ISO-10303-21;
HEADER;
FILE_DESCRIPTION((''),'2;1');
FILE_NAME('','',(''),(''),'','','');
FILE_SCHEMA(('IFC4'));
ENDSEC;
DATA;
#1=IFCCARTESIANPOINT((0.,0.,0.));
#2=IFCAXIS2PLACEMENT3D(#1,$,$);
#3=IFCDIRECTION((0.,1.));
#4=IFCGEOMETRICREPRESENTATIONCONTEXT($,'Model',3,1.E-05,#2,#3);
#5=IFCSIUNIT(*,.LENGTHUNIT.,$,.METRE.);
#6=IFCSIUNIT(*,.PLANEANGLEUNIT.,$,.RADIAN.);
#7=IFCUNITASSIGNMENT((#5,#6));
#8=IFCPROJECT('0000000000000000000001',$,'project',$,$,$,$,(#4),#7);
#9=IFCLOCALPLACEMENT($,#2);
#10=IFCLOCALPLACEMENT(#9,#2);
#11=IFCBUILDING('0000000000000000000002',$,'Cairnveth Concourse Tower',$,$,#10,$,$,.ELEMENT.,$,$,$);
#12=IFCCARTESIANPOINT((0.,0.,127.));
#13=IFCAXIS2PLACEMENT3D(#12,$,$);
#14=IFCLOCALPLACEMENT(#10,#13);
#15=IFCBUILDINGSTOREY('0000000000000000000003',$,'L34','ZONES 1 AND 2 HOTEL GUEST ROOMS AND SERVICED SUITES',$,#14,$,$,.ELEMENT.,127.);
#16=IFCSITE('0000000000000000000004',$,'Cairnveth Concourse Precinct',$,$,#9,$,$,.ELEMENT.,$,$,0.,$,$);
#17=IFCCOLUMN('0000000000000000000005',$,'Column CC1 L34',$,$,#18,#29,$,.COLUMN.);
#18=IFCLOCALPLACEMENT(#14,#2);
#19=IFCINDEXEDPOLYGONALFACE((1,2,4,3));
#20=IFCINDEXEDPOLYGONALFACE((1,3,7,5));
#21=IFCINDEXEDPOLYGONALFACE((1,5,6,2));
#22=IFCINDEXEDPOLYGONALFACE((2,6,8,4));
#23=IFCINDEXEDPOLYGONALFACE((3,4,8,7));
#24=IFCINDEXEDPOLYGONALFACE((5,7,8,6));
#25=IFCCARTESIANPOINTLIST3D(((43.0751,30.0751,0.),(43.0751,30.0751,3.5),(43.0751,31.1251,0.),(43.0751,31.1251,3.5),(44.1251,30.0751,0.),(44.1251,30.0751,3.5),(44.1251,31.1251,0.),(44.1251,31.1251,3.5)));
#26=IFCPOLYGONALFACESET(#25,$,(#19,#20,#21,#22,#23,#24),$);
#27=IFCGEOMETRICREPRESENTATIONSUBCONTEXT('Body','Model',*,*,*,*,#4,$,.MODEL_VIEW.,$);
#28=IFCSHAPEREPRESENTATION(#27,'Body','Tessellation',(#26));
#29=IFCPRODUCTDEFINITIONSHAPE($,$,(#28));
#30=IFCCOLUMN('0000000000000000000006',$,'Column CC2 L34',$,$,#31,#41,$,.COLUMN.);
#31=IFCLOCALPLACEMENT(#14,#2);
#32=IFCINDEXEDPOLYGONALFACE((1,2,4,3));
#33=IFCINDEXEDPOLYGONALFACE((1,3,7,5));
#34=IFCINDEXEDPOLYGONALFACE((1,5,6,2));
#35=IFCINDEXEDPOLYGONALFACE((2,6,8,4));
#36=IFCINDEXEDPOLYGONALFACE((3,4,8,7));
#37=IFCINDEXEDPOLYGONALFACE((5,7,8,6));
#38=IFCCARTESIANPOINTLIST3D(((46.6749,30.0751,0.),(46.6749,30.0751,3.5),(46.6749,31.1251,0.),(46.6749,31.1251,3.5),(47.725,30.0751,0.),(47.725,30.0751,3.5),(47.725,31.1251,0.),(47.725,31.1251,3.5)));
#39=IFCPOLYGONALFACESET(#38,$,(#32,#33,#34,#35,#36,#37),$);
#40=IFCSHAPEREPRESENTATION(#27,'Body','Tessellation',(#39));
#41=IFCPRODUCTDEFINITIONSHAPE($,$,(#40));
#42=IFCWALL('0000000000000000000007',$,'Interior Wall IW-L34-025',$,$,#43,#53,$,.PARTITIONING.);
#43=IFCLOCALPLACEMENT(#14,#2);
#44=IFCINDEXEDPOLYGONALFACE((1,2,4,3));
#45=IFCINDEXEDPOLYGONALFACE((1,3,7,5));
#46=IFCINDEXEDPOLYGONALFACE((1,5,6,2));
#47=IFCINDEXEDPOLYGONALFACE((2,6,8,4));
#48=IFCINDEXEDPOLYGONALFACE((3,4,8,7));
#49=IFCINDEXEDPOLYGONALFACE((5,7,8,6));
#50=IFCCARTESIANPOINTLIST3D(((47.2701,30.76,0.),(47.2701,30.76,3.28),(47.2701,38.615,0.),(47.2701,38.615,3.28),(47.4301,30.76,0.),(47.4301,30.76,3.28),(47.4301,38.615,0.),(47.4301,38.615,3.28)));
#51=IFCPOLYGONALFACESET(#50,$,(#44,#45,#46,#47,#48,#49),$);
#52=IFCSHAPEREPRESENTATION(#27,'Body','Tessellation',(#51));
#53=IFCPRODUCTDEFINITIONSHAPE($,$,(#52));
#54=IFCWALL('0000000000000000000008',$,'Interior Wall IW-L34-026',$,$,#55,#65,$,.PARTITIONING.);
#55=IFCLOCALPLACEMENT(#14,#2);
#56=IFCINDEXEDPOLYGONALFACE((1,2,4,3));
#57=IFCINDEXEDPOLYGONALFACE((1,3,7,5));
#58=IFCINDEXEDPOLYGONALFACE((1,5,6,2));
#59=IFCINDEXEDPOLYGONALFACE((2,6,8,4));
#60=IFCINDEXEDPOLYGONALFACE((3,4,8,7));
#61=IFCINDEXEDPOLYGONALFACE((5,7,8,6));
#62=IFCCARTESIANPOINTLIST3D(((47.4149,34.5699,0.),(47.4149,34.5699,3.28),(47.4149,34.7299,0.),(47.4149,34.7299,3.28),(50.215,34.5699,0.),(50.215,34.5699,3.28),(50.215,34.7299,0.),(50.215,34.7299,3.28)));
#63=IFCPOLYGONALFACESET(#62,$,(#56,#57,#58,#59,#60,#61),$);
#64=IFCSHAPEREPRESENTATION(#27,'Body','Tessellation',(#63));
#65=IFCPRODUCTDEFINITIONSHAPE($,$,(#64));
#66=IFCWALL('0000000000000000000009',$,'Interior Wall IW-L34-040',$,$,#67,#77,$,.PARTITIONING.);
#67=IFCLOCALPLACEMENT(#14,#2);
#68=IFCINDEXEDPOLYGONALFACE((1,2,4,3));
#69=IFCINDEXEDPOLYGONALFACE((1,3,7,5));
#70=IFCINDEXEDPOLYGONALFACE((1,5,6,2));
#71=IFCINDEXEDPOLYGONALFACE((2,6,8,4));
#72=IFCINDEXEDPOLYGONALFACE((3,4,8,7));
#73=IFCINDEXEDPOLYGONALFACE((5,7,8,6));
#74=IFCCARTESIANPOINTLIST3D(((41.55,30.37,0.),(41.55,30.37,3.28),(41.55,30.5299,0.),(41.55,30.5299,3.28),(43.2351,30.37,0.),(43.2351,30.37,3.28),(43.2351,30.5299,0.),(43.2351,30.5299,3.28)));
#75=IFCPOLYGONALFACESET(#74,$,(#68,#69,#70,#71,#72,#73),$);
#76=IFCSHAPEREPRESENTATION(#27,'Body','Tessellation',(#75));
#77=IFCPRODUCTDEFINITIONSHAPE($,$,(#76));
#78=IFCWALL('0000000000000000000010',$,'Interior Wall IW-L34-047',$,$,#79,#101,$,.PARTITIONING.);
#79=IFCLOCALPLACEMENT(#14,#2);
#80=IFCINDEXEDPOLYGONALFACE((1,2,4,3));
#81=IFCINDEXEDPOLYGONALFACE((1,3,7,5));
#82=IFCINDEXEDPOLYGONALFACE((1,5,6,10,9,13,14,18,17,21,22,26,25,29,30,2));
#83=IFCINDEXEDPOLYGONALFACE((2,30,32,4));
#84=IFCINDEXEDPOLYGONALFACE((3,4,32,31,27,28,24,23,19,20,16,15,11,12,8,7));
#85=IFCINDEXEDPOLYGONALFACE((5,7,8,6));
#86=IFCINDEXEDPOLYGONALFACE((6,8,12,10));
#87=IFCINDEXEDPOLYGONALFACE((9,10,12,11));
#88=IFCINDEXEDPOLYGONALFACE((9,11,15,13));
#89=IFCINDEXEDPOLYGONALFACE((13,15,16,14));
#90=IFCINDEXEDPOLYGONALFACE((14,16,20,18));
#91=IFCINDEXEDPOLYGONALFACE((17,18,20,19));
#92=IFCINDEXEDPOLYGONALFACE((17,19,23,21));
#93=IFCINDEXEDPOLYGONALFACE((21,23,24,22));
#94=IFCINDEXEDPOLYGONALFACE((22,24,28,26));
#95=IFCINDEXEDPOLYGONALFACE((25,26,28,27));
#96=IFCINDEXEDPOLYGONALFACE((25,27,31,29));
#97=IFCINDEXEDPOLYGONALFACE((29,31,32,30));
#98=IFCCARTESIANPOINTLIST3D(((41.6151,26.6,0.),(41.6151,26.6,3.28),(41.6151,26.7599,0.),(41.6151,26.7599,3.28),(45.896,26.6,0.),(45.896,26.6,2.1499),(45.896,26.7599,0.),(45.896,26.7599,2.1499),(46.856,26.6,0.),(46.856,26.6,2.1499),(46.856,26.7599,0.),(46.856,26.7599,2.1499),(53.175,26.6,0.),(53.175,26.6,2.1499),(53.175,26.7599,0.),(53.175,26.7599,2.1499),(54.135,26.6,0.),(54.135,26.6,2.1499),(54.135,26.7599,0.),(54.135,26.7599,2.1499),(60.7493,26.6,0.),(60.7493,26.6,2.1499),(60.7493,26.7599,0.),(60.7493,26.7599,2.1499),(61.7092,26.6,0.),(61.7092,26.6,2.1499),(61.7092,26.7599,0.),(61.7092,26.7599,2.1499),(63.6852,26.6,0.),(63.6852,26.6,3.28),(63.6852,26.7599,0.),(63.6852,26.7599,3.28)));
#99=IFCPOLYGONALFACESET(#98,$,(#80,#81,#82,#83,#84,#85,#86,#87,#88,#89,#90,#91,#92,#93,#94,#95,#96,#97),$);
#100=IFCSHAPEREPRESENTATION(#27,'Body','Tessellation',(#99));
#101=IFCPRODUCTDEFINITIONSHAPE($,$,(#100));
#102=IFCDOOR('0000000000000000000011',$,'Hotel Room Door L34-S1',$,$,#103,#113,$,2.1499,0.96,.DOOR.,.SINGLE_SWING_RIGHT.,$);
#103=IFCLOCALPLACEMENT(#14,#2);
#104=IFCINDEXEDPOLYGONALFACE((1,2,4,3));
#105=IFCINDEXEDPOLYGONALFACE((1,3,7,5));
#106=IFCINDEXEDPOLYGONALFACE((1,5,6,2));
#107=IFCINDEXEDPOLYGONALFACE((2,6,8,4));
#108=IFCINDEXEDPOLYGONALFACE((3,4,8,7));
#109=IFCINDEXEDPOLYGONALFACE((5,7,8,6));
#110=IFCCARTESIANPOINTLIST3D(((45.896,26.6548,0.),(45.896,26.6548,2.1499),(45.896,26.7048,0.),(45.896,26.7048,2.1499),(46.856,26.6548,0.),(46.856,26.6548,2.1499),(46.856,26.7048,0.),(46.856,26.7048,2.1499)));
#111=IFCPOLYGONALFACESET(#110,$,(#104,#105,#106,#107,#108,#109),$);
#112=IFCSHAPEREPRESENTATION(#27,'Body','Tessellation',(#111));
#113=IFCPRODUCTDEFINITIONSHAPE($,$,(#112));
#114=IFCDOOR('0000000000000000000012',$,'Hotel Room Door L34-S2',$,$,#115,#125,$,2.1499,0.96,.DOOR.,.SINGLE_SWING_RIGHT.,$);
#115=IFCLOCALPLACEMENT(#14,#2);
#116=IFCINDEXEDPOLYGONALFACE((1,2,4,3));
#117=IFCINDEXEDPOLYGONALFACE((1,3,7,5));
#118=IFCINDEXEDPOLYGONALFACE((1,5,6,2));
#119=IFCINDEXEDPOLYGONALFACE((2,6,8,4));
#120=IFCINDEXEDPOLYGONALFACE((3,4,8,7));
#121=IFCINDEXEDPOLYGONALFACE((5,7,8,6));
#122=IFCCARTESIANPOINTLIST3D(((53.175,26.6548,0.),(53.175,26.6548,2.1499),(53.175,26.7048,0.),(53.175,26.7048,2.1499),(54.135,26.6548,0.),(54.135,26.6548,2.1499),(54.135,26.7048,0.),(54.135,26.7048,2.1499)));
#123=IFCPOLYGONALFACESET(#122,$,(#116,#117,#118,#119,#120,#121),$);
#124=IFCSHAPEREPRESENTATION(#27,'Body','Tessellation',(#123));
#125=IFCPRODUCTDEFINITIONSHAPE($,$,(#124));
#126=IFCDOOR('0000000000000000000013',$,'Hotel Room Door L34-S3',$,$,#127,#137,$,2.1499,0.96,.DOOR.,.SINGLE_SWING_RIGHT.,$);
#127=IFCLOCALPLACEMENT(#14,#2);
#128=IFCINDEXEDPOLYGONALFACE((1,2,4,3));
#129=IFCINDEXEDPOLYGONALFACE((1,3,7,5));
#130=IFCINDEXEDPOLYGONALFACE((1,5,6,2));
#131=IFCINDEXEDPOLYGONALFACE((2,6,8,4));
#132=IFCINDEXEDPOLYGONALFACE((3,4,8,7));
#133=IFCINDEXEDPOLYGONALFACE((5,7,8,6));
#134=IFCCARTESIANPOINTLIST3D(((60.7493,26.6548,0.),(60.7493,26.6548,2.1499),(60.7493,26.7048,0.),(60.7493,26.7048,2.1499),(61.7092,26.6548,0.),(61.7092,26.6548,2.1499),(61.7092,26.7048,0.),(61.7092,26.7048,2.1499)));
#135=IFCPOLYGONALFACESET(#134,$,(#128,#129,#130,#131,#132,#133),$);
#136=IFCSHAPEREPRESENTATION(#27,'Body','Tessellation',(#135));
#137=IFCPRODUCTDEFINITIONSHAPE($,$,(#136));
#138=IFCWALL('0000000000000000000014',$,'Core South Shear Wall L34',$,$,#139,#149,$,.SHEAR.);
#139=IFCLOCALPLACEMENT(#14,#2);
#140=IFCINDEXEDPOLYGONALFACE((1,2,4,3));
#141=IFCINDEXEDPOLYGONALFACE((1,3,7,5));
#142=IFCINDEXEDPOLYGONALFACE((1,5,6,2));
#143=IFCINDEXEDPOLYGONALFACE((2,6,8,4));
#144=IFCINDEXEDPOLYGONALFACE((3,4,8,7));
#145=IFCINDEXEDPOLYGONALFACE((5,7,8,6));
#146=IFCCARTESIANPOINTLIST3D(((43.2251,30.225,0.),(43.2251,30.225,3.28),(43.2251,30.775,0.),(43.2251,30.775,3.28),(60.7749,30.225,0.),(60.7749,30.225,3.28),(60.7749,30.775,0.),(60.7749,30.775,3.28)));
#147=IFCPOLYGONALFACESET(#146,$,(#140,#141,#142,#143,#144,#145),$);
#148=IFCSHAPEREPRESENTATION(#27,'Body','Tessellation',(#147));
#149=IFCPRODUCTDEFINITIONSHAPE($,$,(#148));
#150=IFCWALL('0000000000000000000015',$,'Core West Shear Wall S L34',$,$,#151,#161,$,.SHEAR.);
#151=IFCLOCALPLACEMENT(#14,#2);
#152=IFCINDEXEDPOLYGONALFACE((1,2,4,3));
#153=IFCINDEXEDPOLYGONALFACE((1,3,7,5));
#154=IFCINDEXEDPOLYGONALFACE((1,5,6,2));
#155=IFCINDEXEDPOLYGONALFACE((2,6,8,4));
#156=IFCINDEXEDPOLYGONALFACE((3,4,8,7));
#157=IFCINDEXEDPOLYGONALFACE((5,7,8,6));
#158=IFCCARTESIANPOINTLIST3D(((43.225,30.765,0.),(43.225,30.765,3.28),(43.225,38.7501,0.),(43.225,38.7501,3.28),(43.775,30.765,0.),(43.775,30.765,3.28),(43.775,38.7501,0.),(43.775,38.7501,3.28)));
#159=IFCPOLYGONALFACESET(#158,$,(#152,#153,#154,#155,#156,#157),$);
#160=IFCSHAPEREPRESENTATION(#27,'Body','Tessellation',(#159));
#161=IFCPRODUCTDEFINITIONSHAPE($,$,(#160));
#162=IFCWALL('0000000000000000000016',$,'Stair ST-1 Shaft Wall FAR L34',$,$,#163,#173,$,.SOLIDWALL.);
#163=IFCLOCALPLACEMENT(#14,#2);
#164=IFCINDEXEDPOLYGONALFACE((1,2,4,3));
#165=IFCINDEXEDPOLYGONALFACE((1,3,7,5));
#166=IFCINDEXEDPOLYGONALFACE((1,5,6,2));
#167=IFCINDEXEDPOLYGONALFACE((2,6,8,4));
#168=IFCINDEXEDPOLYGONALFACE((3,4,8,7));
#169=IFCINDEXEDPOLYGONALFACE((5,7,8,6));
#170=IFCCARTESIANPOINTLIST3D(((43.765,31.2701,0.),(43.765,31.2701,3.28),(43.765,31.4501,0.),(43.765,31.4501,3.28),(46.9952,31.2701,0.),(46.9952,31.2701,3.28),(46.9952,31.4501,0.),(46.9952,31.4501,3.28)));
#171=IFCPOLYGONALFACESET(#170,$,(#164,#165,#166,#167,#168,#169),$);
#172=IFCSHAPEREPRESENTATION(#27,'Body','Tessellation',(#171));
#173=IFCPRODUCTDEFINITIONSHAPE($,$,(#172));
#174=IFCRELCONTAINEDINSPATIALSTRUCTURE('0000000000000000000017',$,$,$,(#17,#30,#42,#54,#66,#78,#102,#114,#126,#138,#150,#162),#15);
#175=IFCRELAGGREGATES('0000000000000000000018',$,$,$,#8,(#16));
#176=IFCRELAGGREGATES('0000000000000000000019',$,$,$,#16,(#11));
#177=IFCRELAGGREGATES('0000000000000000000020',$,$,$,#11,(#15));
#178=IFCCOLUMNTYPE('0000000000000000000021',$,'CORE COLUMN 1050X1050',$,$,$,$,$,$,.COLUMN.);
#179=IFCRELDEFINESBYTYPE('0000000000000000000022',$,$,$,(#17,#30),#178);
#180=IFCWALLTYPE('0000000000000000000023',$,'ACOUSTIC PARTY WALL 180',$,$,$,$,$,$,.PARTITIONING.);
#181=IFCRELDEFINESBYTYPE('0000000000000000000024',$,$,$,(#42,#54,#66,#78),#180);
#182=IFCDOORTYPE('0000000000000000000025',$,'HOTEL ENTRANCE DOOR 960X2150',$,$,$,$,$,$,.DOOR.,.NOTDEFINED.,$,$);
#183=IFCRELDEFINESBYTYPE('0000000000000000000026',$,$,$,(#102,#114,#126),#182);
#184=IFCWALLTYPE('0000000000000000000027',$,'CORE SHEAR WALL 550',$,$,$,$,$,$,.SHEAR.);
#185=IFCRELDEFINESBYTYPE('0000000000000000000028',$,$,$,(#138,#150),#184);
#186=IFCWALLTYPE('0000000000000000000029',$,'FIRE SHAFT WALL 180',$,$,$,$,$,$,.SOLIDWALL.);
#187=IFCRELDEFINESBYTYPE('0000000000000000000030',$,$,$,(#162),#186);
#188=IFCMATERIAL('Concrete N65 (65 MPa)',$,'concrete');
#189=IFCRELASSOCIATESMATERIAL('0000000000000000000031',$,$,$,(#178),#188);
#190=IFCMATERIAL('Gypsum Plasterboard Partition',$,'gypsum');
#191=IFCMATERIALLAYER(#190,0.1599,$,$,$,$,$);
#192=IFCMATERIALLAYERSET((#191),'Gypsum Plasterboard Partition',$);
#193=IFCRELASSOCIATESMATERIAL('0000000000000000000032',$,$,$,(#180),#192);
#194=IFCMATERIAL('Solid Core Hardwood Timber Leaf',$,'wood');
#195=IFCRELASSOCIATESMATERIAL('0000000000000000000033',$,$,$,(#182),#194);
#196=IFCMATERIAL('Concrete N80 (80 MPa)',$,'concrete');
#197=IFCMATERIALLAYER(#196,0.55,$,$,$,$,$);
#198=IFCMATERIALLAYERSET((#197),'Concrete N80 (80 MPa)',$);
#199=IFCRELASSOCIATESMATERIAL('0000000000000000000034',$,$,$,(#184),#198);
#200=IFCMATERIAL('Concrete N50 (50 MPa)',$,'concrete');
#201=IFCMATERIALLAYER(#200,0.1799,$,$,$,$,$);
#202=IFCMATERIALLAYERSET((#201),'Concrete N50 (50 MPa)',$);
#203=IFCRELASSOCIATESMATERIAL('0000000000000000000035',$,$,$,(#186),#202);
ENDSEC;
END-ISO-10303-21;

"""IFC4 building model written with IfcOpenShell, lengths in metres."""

from ifc_helpers import new_model, si_unit, direction, frame, frame_2d, origin, origin_2d, place, context, subcontext, project, spatial, rectangle, extrude, material, layer, layer_set, material_profile, profile_set, type_object, element, fill, save


model = new_model("IFC4")

# Units and contexts
model_context = context("Model", 3, precision=1e-05, world=origin(), true_north=direction((0.0, 1.0)))
body_context = subcontext(model_context, "Body", "Model", "MODEL_VIEW")
ifc_project = project(units=[si_unit("LENGTHUNIT", "METRE"), si_unit("PLANEANGLEUNIT", "RADIAN")], contexts=[model_context])

# Site, building, storey
site_placement = place(None, origin())
site = spatial("IfcSite", under=ifc_project, at=site_placement, Name="Cairnveth Concourse Precinct", CompositionType="ELEMENT", RefElevation=0.0)
building_placement = place(site_placement, origin())
building = spatial("IfcBuilding", under=site, at=building_placement, Name="Cairnveth Concourse Tower", CompositionType="ELEMENT")
storey_placement = place(building_placement, frame((0.0, 0.0, 127.0)))
storey = spatial("IfcBuildingStorey", under=building, at=storey_placement, Name="L34", Description="ZONES 1 AND 2 HOTEL GUEST ROOMS AND SERVICED SUITES", CompositionType="ELEMENT", Elevation=127.0)

# Columns
ifc_material_1 = material(Name="Concrete N65 (65 MPa)", Category="concrete")
ifc_material_profile = material_profile(ifc_material_1, rectangle(XDim=1.05, YDim=1.05, at=origin_2d()), Name="RC-COL-1050x1050")
ifc_profile_set = profile_set([ifc_material_profile], Name="Concrete N65 (65 MPa)")
column_type = type_object("IfcColumnType", Name="CORE COLUMN 1050X1050", PredefinedType="COLUMN", material=ifc_profile_set)
for number, where, z_axis, x_axis, name in (
    (1, (43.6001, 30.6001, 0.0), (0.0, 0.0, 1.0), (1.0, 0.0, 0.0), "Column CC1 L34"),
    (2, (47.2, 30.6001, 0.0), (0.0, 0.0, 1.0), (1.0, 0.0, 0.0), "Column CC2 L34"),
):
    element("IfcColumn", number, at=place(storey_placement, frame(where, z_axis=z_axis, x_axis=x_axis)), inside=storey, type_object=column_type, Name=name, PredefinedType="COLUMN", context=body_context, shape_type="SweptSolid", body=[
        extrude(rectangle(XDim=1.05, YDim=1.05, at=origin_2d()), origin(), (0.0, 0.0, 1.0), 3.5),
    ])

# Walls
ifc_material_2 = material(Name="Gypsum Plasterboard Partition", Category="gypsum")
ifc_layer_1 = layer(ifc_material_2, 0.1599)
ifc_layer_set_1 = layer_set([ifc_layer_1], Name="Gypsum Plasterboard Partition")
wall_type_1 = type_object("IfcWallType", Name="ACOUSTIC PARTY WALL 180", PredefinedType="PARTITIONING", material=ifc_layer_set_1)
wall_1_placement = place(storey_placement, frame((47.3501, 30.76, 0.0), z_axis=(0.0, 0.0, 1.0), x_axis=(0.0, 1.0, 0.0)))
element("IfcWall", 3, at=wall_1_placement, inside=storey, type_object=wall_type_1, Name="Interior Wall IW-L34-025", PredefinedType="PARTITIONING", context=body_context, shape_type="SweptSolid", body=[
    extrude(rectangle(XDim=7.855, YDim=0.1599, at=frame_2d((3.9275, 0.0))), origin(), (0.0, 0.0, 1.0), 3.28),
])
wall_2_placement = place(storey_placement, frame((47.415, 34.6499, 0.0), z_axis=(0.0, 0.0, 1.0), x_axis=(1.0, 0.0, 0.0)))
element("IfcWall", 4, at=wall_2_placement, inside=storey, type_object=wall_type_1, Name="Interior Wall IW-L34-026", PredefinedType="PARTITIONING", context=body_context, shape_type="SweptSolid", body=[
    extrude(rectangle(XDim=2.8, YDim=0.1599, at=frame_2d((1.3999, 0.0))), origin(), (0.0, 0.0, 1.0), 3.28),
])
wall_3_placement = place(storey_placement, frame((41.55, 30.45, 0.0), z_axis=(0.0, 0.0, 1.0), x_axis=(1.0, 0.0, 0.0)))
element("IfcWall", 5, at=wall_3_placement, inside=storey, type_object=wall_type_1, Name="Interior Wall IW-L34-040", PredefinedType="PARTITIONING", context=body_context, shape_type="SweptSolid", body=[
    extrude(rectangle(XDim=1.6851, YDim=0.1599, at=frame_2d((0.8425, 0.0))), origin(), (0.0, 0.0, 1.0), 3.28),
])

# Wall, openings, doors
wall_4_placement = place(storey_placement, frame((41.615, 26.6799, 0.0), z_axis=(0.0, 0.0, 1.0), x_axis=(1.0, 0.0, 0.0)))
wall_4 = element("IfcWall", 6, at=wall_4_placement, inside=storey, type_object=wall_type_1, Name="Interior Wall IW-L34-047", PredefinedType="PARTITIONING", context=body_context, shape_type="SweptSolid", body=[
    extrude(rectangle(XDim=22.0701, YDim=0.1599, at=frame_2d((11.0352, 0.0))), origin(), (0.0, 0.0, 1.0), 3.28),
])
opening_1_placement = place(wall_4_placement, frame((4.281, 0.0, 0.0)))
opening_1 = element("IfcOpeningElement", 7, at=opening_1_placement, cuts=wall_4, PredefinedType="OPENING", context=body_context, shape_type="SweptSolid", body=[
    extrude(rectangle(XDim=0.96, YDim=2.1499, at=frame_2d((0.48, 1.075))), frame((0.0, 0.0898, 0.0), z_axis=(0.0, -1.0, 0.0), x_axis=(1.0, 0.0, 0.0)), (0.0, 0.0, 1.0), 0.1799),
])
opening_2_placement = place(wall_4_placement, frame((11.5601, 0.0, 0.0)))
opening_2 = element("IfcOpeningElement", 8, at=opening_2_placement, cuts=wall_4, PredefinedType="OPENING", context=body_context, shape_type="SweptSolid", body=[
    extrude(rectangle(XDim=0.96, YDim=2.1499, at=frame_2d((0.48, 1.075))), frame((0.0, 0.0898, 0.0), z_axis=(0.0, -1.0, 0.0), x_axis=(1.0, 0.0, 0.0)), (0.0, 0.0, 1.0), 0.1799),
])
opening_3_placement = place(wall_4_placement, frame((19.1343, 0.0, 0.0)))
opening_3 = element("IfcOpeningElement", 9, at=opening_3_placement, cuts=wall_4, PredefinedType="OPENING", context=body_context, shape_type="SweptSolid", body=[
    extrude(rectangle(XDim=0.96, YDim=2.1499, at=frame_2d((0.48, 1.075))), frame((0.0, 0.0898, 0.0), z_axis=(0.0, -1.0, 0.0), x_axis=(1.0, 0.0, 0.0)), (0.0, 0.0, 1.0), 0.1799),
])
ifc_material_3 = material(Name="Solid Core Hardwood Timber Leaf", Category="wood")
door_type_1 = type_object("IfcDoorType", Name="HOTEL ENTRANCE DOOR 960X2150", OperationType="NOTDEFINED", PredefinedType="DOOR", material=ifc_material_3)
door_1_placement = place(opening_1_placement, origin())
door_1 = element("IfcDoor", 10, at=door_1_placement, inside=storey, type_object=door_type_1, Name="Hotel Room Door L34-S1", OperationType="SINGLE_SWING_RIGHT", OverallHeight=2.1499, OverallWidth=0.96, PredefinedType="DOOR", context=body_context, shape_type="SweptSolid", body=[
    extrude(rectangle(XDim=0.96, YDim=2.1499, at=frame_2d((0.48, 1.075))), frame((0.0, 0.0249, 0.0), z_axis=(0.0, -1.0, 0.0), x_axis=(1.0, 0.0, 0.0)), (0.0, 0.0, 1.0), 0.05),
])
fill(opening_1, door_1)
door_2_placement = place(opening_2_placement, origin())
door_2 = element("IfcDoor", 11, at=door_2_placement, inside=storey, type_object=door_type_1, Name="Hotel Room Door L34-S2", OperationType="SINGLE_SWING_RIGHT", OverallHeight=2.1499, OverallWidth=0.96, PredefinedType="DOOR", context=body_context, shape_type="SweptSolid", body=[
    extrude(rectangle(XDim=0.96, YDim=2.1499, at=frame_2d((0.48, 1.075))), frame((0.0, 0.0249, 0.0), z_axis=(0.0, -1.0, 0.0), x_axis=(1.0, 0.0, 0.0)), (0.0, 0.0, 1.0), 0.05),
])
fill(opening_2, door_2)
door_3_placement = place(opening_3_placement, origin())
door_3 = element("IfcDoor", 12, at=door_3_placement, inside=storey, type_object=door_type_1, Name="Hotel Room Door L34-S3", OperationType="SINGLE_SWING_RIGHT", OverallHeight=2.1499, OverallWidth=0.96, PredefinedType="DOOR", context=body_context, shape_type="SweptSolid", body=[
    extrude(rectangle(XDim=0.96, YDim=2.1499, at=frame_2d((0.48, 1.075))), frame((0.0, 0.0249, 0.0), z_axis=(0.0, -1.0, 0.0), x_axis=(1.0, 0.0, 0.0)), (0.0, 0.0, 1.0), 0.05),
])
fill(opening_3, door_3)

# Walls
ifc_material_4 = material(Name="Concrete N80 (80 MPa)", Category="concrete")
ifc_layer_2 = layer(ifc_material_4, 0.55)
ifc_layer_set_2 = layer_set([ifc_layer_2], Name="Concrete N80 (80 MPa)")
wall_type_2 = type_object("IfcWallType", Name="CORE SHEAR WALL 550", PredefinedType="SHEAR", material=ifc_layer_set_2)
wall_5_placement = place(storey_placement, frame((43.2251, 30.5, 0.0), z_axis=(0.0, 0.0, 1.0), x_axis=(1.0, 0.0, 0.0)))
element("IfcWall", 13, at=wall_5_placement, inside=storey, type_object=wall_type_2, Name="Core South Shear Wall L34", PredefinedType="SHEAR", context=body_context, shape_type="SweptSolid", body=[
    extrude(rectangle(XDim=17.5498, YDim=0.55, at=frame_2d((8.7749, 0.0))), origin(), (0.0, 0.0, 1.0), 3.28),
])
wall_6_placement = place(storey_placement, frame((43.5, 30.7649, 0.0), z_axis=(0.0, 0.0, 1.0), x_axis=(0.0, 1.0, 0.0)))
element("IfcWall", 14, at=wall_6_placement, inside=storey, type_object=wall_type_2, Name="Core West Shear Wall S L34", PredefinedType="SHEAR", context=body_context, shape_type="SweptSolid", body=[
    extrude(rectangle(XDim=7.9851, YDim=0.55, at=frame_2d((3.9927, 0.0))), origin(), (0.0, 0.0, 1.0), 3.28),
])
ifc_material_5 = material(Name="Concrete N50 (50 MPa)", Category="concrete")
ifc_layer_3 = layer(ifc_material_5, 0.1799)
ifc_layer_set_3 = layer_set([ifc_layer_3], Name="Concrete N50 (50 MPa)")
wall_type_3 = type_object("IfcWallType", Name="FIRE SHAFT WALL 180", PredefinedType="SOLIDWALL", material=ifc_layer_set_3)
wall_7_placement = place(storey_placement, frame((43.7649, 31.3601, 0.0), z_axis=(0.0, 0.0, 1.0), x_axis=(1.0, 0.0, 0.0)))
element("IfcWall", 15, at=wall_7_placement, inside=storey, type_object=wall_type_3, Name="Stair ST-1 Shaft Wall FAR L34", PredefinedType="SOLIDWALL", context=body_context, shape_type="SweptSolid", body=[
    extrude(rectangle(XDim=3.2302, YDim=0.1799, at=frame_2d((1.6152, 0.0))), origin(), (0.0, 0.0, 1.0), 3.28),
])

save(model, "model.ifc")
